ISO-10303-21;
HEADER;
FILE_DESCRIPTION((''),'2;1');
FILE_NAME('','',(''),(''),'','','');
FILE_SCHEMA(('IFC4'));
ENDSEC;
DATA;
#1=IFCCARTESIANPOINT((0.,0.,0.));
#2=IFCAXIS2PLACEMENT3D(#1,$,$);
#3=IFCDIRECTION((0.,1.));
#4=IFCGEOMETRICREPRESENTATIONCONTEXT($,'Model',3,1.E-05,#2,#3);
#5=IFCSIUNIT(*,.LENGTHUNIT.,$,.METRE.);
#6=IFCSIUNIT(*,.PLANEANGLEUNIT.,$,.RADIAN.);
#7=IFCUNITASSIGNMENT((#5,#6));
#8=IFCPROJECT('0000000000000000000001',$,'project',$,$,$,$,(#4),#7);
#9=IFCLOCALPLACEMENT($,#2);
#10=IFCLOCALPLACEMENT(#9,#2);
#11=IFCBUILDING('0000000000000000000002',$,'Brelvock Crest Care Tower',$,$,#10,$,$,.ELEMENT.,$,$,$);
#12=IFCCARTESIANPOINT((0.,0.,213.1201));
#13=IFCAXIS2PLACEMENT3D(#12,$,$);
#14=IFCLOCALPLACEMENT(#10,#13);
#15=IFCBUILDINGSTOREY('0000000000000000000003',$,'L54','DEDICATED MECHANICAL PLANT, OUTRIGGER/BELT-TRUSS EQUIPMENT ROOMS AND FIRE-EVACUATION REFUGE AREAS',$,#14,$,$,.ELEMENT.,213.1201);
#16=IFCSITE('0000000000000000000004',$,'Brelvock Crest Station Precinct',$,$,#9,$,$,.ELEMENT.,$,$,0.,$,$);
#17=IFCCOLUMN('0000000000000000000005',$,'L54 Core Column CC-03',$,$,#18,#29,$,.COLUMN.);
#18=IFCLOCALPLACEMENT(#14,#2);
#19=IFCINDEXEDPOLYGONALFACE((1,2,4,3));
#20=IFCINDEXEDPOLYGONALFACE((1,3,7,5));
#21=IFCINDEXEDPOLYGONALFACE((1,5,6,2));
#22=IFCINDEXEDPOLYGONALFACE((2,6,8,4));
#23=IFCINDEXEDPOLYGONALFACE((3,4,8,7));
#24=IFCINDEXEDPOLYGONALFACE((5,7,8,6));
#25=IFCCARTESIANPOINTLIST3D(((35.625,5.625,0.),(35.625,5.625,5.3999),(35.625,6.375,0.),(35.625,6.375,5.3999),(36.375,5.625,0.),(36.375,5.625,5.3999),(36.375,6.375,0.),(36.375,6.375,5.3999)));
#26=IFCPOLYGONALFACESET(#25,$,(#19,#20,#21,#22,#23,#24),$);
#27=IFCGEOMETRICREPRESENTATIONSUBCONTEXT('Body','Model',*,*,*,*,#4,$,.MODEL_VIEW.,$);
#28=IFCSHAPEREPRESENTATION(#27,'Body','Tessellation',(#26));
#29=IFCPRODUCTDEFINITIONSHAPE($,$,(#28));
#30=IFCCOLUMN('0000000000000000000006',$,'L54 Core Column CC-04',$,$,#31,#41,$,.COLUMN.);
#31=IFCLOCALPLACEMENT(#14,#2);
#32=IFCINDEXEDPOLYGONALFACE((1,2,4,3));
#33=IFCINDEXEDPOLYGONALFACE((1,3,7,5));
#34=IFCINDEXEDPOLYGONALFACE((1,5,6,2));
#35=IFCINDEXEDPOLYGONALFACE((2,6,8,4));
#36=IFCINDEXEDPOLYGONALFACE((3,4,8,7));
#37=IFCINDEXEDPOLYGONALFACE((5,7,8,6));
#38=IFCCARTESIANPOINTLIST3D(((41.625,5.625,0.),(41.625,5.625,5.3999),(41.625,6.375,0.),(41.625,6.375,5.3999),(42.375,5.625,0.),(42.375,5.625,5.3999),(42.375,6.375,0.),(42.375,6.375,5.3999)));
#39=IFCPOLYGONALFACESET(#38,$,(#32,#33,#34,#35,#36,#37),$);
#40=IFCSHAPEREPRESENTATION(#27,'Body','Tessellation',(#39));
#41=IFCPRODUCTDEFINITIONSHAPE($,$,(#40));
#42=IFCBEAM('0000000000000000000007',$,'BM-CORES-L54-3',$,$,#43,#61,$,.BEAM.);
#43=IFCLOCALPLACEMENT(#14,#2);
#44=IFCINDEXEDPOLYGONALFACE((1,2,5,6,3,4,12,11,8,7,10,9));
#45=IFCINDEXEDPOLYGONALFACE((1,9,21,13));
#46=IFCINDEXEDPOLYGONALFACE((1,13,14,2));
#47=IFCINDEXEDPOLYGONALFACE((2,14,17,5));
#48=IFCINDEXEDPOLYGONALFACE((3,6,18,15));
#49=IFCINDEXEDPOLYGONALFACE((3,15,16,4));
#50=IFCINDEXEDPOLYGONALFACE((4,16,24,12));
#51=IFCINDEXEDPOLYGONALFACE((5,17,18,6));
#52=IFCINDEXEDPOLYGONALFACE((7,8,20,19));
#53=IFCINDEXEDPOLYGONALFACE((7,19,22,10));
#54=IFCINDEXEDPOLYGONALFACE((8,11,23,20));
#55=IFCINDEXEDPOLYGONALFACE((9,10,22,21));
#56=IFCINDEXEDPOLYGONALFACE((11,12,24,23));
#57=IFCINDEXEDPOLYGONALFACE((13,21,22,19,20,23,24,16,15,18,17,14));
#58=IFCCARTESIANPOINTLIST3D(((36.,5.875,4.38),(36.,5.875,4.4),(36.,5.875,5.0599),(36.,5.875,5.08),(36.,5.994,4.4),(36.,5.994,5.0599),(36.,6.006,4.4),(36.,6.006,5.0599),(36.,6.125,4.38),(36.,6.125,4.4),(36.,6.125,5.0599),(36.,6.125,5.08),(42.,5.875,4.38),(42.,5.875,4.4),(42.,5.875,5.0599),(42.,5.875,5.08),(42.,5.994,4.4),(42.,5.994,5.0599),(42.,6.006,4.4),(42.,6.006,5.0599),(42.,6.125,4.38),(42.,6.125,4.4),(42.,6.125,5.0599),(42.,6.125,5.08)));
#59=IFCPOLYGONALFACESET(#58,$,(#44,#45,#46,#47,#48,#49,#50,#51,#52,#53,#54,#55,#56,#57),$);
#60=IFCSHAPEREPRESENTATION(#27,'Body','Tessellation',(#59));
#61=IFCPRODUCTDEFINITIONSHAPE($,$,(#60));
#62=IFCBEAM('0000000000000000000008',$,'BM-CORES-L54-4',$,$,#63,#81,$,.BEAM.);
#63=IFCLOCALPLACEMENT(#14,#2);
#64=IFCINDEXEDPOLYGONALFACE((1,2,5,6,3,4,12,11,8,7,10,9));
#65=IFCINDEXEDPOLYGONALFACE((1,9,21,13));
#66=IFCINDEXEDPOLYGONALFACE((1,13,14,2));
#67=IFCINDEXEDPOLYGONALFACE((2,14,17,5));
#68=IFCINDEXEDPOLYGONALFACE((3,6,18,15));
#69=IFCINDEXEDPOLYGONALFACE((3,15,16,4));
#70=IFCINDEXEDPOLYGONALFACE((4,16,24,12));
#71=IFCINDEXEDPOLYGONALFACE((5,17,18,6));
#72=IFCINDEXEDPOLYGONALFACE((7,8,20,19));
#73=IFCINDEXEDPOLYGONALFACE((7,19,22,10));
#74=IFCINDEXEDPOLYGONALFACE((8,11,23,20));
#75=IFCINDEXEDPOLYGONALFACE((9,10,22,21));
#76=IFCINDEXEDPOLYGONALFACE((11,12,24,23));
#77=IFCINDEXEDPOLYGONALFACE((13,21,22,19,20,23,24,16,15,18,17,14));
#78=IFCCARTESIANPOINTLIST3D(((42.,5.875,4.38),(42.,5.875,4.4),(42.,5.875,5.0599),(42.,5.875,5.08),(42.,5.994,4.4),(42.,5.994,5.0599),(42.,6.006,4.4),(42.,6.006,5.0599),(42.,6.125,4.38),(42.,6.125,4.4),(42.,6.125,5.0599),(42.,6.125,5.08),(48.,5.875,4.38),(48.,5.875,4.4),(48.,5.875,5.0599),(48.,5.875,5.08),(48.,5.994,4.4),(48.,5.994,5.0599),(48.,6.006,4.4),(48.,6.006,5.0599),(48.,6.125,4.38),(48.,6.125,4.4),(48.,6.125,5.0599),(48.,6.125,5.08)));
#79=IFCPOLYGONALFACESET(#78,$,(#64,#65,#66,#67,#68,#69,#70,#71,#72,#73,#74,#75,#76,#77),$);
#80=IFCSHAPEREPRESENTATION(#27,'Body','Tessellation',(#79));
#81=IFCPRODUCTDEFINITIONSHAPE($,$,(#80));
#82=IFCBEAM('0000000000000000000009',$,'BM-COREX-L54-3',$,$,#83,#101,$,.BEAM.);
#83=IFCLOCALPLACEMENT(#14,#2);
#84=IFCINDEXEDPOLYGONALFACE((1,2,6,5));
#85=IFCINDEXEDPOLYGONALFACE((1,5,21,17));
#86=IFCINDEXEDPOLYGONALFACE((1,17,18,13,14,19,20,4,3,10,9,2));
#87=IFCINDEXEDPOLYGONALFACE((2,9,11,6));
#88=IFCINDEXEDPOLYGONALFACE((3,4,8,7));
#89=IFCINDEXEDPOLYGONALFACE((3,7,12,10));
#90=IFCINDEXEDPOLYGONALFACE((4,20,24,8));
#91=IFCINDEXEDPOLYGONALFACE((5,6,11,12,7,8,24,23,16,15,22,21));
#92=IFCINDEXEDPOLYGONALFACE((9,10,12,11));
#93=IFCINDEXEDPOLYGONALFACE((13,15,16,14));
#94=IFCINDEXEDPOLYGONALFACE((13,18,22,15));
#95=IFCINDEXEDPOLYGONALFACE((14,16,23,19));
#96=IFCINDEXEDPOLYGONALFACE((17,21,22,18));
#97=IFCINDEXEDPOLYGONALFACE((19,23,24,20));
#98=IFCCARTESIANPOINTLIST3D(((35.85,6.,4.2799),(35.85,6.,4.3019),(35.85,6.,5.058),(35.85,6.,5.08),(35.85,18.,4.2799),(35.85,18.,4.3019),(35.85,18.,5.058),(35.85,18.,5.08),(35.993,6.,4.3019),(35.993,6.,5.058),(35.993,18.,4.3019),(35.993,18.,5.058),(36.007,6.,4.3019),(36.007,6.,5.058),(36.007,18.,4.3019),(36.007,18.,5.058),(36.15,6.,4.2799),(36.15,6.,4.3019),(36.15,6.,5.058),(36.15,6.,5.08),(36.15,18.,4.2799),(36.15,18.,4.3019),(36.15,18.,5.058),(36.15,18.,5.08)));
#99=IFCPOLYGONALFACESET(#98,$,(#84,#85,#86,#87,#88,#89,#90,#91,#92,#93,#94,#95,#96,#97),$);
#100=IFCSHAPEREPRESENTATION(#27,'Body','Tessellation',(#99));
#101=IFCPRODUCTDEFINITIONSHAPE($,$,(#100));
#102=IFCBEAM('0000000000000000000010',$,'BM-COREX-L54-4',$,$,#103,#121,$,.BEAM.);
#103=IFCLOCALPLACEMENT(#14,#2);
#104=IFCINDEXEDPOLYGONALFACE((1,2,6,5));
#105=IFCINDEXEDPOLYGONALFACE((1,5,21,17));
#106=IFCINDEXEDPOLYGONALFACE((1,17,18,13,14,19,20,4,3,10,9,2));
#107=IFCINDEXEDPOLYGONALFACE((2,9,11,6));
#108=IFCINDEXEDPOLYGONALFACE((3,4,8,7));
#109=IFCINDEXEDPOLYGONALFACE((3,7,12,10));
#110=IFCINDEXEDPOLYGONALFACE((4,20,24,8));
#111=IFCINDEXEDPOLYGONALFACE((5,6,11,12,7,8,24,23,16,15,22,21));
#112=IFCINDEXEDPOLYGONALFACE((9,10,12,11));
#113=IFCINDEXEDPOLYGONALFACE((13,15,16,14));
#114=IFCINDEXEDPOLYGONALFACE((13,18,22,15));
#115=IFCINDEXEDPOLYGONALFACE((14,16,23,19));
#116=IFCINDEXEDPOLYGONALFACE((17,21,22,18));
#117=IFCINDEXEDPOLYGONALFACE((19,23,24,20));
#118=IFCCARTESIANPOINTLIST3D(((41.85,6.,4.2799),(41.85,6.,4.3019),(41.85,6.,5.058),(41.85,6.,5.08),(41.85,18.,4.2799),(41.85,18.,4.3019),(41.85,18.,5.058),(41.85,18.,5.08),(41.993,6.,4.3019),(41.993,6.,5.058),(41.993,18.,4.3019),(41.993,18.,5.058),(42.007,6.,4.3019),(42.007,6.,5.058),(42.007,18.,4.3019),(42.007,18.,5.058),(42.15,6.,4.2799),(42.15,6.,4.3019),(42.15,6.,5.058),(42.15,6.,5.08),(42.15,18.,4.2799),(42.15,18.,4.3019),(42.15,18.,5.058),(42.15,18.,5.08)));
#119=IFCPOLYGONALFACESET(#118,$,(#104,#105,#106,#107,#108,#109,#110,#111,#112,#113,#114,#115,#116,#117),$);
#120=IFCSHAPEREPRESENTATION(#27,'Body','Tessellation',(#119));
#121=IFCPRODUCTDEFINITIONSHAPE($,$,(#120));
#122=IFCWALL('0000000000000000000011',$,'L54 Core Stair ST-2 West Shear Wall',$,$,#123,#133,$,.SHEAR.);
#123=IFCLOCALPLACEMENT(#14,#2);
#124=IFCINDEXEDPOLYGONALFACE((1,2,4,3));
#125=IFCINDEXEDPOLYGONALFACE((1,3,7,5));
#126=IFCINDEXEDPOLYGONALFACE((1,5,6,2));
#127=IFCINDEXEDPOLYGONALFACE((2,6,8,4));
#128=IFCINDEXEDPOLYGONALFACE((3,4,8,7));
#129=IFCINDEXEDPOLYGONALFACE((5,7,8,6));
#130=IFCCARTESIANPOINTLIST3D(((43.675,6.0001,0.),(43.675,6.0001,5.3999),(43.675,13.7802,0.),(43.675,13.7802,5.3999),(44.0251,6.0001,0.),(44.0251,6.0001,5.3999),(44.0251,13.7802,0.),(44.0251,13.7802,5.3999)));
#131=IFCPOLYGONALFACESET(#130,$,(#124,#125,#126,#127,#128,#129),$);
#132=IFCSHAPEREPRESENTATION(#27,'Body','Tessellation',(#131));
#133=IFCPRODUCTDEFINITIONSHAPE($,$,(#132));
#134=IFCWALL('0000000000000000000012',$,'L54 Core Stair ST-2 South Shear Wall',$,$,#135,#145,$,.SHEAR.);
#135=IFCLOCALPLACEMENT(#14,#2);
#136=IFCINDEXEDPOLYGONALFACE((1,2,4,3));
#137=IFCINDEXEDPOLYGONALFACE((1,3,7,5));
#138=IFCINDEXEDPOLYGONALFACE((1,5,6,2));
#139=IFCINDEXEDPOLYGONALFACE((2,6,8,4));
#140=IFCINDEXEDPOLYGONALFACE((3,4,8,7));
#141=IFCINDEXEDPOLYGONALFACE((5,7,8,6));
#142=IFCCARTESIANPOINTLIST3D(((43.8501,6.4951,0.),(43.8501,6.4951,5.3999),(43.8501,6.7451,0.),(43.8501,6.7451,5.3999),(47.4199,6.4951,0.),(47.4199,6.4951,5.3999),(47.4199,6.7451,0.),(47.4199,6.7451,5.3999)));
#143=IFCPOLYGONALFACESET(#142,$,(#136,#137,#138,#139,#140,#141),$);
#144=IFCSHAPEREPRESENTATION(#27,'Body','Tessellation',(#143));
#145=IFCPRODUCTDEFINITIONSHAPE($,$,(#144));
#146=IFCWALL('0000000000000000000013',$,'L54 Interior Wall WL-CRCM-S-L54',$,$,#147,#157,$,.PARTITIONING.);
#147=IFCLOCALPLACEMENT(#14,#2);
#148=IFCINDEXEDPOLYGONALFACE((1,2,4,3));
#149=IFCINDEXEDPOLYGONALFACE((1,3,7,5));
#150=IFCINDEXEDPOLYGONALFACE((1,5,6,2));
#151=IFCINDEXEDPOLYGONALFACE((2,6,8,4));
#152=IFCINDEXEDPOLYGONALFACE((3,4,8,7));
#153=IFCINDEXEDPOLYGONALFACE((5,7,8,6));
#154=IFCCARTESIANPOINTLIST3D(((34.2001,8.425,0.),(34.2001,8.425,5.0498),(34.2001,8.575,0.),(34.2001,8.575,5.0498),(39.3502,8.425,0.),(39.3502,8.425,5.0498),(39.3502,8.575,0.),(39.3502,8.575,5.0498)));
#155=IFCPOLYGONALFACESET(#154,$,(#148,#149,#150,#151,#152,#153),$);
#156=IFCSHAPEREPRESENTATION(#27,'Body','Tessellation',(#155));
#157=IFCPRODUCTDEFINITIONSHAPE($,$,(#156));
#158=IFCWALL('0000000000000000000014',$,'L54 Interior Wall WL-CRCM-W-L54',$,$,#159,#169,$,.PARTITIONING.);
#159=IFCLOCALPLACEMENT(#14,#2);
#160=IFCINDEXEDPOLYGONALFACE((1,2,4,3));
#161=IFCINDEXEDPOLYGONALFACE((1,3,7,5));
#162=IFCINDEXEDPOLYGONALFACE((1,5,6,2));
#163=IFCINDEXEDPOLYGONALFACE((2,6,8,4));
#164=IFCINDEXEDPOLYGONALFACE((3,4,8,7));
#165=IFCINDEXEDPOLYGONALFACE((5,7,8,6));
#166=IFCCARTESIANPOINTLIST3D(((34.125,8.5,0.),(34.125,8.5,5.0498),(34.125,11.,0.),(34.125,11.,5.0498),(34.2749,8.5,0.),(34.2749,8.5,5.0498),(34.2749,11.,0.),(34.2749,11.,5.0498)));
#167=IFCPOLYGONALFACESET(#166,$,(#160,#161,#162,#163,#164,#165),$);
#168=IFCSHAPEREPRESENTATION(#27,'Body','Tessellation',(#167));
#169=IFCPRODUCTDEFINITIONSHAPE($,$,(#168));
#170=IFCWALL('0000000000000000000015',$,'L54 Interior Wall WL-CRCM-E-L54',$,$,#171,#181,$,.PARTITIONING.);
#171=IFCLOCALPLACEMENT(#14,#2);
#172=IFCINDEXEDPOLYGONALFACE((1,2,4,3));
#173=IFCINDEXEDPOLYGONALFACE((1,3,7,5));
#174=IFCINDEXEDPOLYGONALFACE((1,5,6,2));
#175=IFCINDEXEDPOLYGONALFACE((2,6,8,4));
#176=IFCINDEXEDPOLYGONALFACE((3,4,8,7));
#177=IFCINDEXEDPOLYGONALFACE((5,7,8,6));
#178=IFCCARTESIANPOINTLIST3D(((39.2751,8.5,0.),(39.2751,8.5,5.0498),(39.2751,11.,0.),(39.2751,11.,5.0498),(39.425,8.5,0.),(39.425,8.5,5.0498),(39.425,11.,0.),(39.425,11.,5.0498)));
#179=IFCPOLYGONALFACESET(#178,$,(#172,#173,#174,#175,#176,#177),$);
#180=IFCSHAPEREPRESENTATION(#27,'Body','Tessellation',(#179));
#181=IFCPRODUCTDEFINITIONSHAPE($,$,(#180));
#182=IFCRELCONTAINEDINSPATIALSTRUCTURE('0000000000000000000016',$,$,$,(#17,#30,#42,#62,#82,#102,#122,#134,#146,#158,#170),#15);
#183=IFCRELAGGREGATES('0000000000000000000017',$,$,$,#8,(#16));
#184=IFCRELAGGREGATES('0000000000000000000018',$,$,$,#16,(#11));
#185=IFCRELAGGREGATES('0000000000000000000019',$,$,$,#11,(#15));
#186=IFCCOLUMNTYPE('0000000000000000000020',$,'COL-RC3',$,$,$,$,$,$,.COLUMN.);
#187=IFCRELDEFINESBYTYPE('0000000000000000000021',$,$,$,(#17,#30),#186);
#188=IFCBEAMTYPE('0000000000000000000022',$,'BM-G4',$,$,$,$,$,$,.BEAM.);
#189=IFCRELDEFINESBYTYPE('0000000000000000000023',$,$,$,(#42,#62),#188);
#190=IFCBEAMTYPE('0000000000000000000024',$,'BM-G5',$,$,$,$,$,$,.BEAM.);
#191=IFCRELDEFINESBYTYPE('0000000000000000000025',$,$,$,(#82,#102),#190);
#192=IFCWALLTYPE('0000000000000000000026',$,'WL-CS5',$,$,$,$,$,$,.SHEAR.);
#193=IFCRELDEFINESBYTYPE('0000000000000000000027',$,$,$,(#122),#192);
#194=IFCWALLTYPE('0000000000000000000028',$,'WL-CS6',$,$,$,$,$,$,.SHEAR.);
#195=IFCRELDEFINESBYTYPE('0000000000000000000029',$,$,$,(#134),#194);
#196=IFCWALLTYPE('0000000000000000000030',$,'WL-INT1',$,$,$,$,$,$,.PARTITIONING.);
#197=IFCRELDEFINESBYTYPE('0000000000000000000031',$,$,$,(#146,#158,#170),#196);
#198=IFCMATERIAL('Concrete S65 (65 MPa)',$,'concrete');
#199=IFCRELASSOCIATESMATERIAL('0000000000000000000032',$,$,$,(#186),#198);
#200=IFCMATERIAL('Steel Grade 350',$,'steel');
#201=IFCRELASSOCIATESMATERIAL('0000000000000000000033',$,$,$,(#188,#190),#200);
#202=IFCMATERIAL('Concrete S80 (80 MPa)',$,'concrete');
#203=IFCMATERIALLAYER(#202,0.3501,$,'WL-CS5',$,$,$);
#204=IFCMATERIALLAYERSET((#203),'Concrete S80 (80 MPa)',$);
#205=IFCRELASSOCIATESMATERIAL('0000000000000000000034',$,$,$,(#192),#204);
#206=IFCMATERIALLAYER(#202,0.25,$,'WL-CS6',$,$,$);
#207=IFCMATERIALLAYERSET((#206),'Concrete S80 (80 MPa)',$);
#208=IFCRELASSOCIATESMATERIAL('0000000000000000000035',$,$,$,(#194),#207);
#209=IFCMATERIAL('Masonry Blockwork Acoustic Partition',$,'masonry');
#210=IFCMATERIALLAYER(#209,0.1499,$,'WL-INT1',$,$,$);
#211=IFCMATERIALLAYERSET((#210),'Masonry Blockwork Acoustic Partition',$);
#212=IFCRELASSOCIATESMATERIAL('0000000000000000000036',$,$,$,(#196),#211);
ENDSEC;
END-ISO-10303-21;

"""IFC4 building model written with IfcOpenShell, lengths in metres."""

from ifc_helpers import new_model, si_unit, direction, frame, frame_2d, origin, origin_2d, place, context, subcontext, project, spatial, rectangle, i_section, extrude, source, transform, mapped, material, layer, layer_set, material_profile, profile_set, type_object, element, save


model = new_model("IFC4")

# Units and contexts
model_context = context("Model", 3, precision=1e-05, world=origin(), true_north=direction((0.0, 1.0)))
body_context = subcontext(model_context, "Body", "Model", "MODEL_VIEW")
ifc_project = project(units=[si_unit("LENGTHUNIT", "METRE"), si_unit("PLANEANGLEUNIT", "RADIAN")], contexts=[model_context])

# Site, building, storey
site_placement = place(None, origin())
site = spatial("IfcSite", under=ifc_project, at=site_placement, Name="Brelvock Crest Station Precinct", CompositionType="ELEMENT", RefElevation=0.0)
building_placement = place(site_placement, origin())
building = spatial("IfcBuilding", under=site, at=building_placement, Name="Brelvock Crest Care Tower", CompositionType="ELEMENT")
storey_placement = place(building_placement, frame((0.0, 0.0, 213.1201)))
storey = spatial("IfcBuildingStorey", under=building, at=storey_placement, Name="L54", Description="DEDICATED MECHANICAL PLANT, OUTRIGGER/BELT-TRUSS EQUIPMENT ROOMS AND FIRE-EVACUATION REFUGE AREAS", CompositionType="ELEMENT", Elevation=213.1201)

# Columns
ifc_material_1 = material(Name="Concrete S65 (65 MPa)", Category="concrete")
ifc_material_profile_1 = material_profile(ifc_material_1, rectangle(XDim=0.75, YDim=0.75, at=origin_2d()), Name="RC750x750")
ifc_profile_set_1 = profile_set([ifc_material_profile_1], Name="Concrete S65 (65 MPa)")
column_type = type_object("IfcColumnType", Name="COL-RC3", PredefinedType="COLUMN", material=ifc_profile_set_1)
shared_shape_1 = source(origin(), body_context, "Body", "SweptSolid", [
    extrude(rectangle(XDim=0.75, YDim=0.75, at=origin_2d()), origin(), (0.0, 0.0, 1.0), 5.3999),
])
for number, where, z_axis, x_axis, name in (
    (1, (36.0, 6.0, 0.0), (0.0, 0.0, 1.0), (1.0, 0.0, 0.0), "L54 Core Column CC-03"),
    (2, (42.0, 6.0, 0.0), (0.0, 0.0, 1.0), (1.0, 0.0, 0.0), "L54 Core Column CC-04"),
):
    element("IfcColumn", number, at=place(storey_placement, frame(where, z_axis=z_axis, x_axis=x_axis)), inside=storey, type_object=column_type, Name=name, PredefinedType="COLUMN", context=body_context, shape_type="MappedRepresentation", body=[
        mapped(shared_shape_1, transform((0.0, 0.0, 0.0), x_axis=(1.0, 0.0, 0.0), y_axis=(0.0, 1.0, 0.0), z_axis=(0.0, 0.0, 1.0), scale=1.0)),
    ])

# Beams
ifc_material_2 = material(Name="Steel Grade 350", Category="steel")
ifc_material_profile_2 = material_profile(ifc_material_2, i_section(OverallWidth=0.25, OverallDepth=0.7, WebThickness=0.012, FlangeThickness=0.02, at=origin_2d()), Name="700WB150")
ifc_profile_set_2 = profile_set([ifc_material_profile_2], Name="Steel Grade 350")
beam_type_1 = type_object("IfcBeamType", Name="BM-G4", PredefinedType="BEAM", material=ifc_profile_set_2)
shared_shape_2 = source(origin(), body_context, "Body", "SweptSolid", [
    extrude(i_section(OverallWidth=0.25, OverallDepth=0.7, WebThickness=0.012, FlangeThickness=0.02, at=origin_2d()), origin(), (0.0, 0.0, 1.0), 6.0),
])
for number, where, z_axis, x_axis, name in (
    (3, (36.0, 6.0, 4.73), (1.0, 0.0, 0.0), (0.0, 1.0, 0.0), "BM-CORES-L54-3"),
    (4, (42.0, 6.0, 4.73), (1.0, 0.0, 0.0), (0.0, 1.0, 0.0), "BM-CORES-L54-4"),
):
    element("IfcBeam", number, at=place(storey_placement, frame(where, z_axis=z_axis, x_axis=x_axis)), inside=storey, type_object=beam_type_1, Name=name, PredefinedType="BEAM", context=body_context, shape_type="MappedRepresentation", body=[
        mapped(shared_shape_2, transform((0.0, 0.0, 0.0), x_axis=(1.0, 0.0, 0.0), y_axis=(0.0, 1.0, 0.0), z_axis=(0.0, 0.0, 1.0), scale=1.0)),
    ])
ifc_material_profile_3 = material_profile(ifc_material_2, i_section(OverallWidth=0.3, OverallDepth=0.8, WebThickness=0.0139, FlangeThickness=0.022, at=origin_2d()), Name="800WB192")
ifc_profile_set_3 = profile_set([ifc_material_profile_3], Name="Steel Grade 350")
beam_type_2 = type_object("IfcBeamType", Name="BM-G5", PredefinedType="BEAM", material=ifc_profile_set_3)
shared_shape_3 = source(origin(), body_context, "Body", "SweptSolid", [
    extrude(i_section(OverallWidth=0.3, OverallDepth=0.8, WebThickness=0.0139, FlangeThickness=0.022, at=origin_2d()), origin(), (0.0, 0.0, 1.0), 12.0),
])
for number, where, z_axis, x_axis, name in (
    (5, (36.0, 6.0, 4.6799), (0.0, 1.0, 0.0), (-1.0, 0.0, 0.0), "BM-COREX-L54-3"),
    (6, (42.0, 6.0, 4.6799), (0.0, 1.0, 0.0), (-1.0, 0.0, 0.0), "BM-COREX-L54-4"),
):
    element("IfcBeam", number, at=place(storey_placement, frame(where, z_axis=z_axis, x_axis=x_axis)), inside=storey, type_object=beam_type_2, Name=name, PredefinedType="BEAM", context=body_context, shape_type="MappedRepresentation", body=[
        mapped(shared_shape_3, transform((0.0, 0.0, 0.0), x_axis=(1.0, 0.0, 0.0), y_axis=(0.0, 1.0, 0.0), z_axis=(0.0, 0.0, 1.0), scale=1.0)),
    ])

# Walls
ifc_material_3 = material(Name="Concrete S80 (80 MPa)", Category="concrete")
ifc_layer_1 = layer(ifc_material_3, 0.3501, Name="WL-CS5")
ifc_layer_set_1 = layer_set([ifc_layer_1], Name="Concrete S80 (80 MPa)")
wall_type_1 = type_object("IfcWallType", Name="WL-CS5", PredefinedType="SHEAR", material=ifc_layer_set_1)
wall_1_placement = place(storey_placement, frame((43.8501, 6.0, 0.0), z_axis=(0.0, 0.0, 1.0), x_axis=(0.0, 1.0, 0.0)))
element("IfcWall", 7, at=wall_1_placement, inside=storey, type_object=wall_type_1, Name="L54 Core Stair ST-2 West Shear Wall", PredefinedType="SHEAR", context=body_context, shape_type="SweptSolid", body=[
    extrude(rectangle(XDim=7.78, YDim=0.3501, at=frame_2d((3.8901, 0.0))), origin(), (0.0, 0.0, 1.0), 5.3999),
])
ifc_layer_2 = layer(ifc_material_3, 0.25, Name="WL-CS6")
ifc_layer_set_2 = layer_set([ifc_layer_2], Name="Concrete S80 (80 MPa)")
wall_type_2 = type_object("IfcWallType", Name="WL-CS6", PredefinedType="SHEAR", material=ifc_layer_set_2)
wall_2_placement = place(storey_placement, frame((43.8501, 6.6201, 0.0), z_axis=(0.0, 0.0, 1.0), x_axis=(1.0, 0.0, 0.0)))
element("IfcWall", 8, at=wall_2_placement, inside=storey, type_object=wall_type_2, Name="L54 Core Stair ST-2 South Shear Wall", PredefinedType="SHEAR", context=body_context, shape_type="SweptSolid", body=[
    extrude(rectangle(XDim=3.5698, YDim=0.25, at=frame_2d((1.7849, 0.0))), origin(), (0.0, 0.0, 1.0), 5.3999),
])
ifc_material_4 = material(Name="Masonry Blockwork Acoustic Partition", Category="masonry")
ifc_layer_3 = layer(ifc_material_4, 0.1499, Name="WL-INT1")
ifc_layer_set_3 = layer_set([ifc_layer_3], Name="Masonry Blockwork Acoustic Partition")
wall_type_3 = type_object("IfcWallType", Name="WL-INT1", PredefinedType="PARTITIONING", material=ifc_layer_set_3)
wall_3_placement = place(storey_placement, frame((34.2, 8.5, 0.0), z_axis=(0.0, 0.0, 1.0), x_axis=(1.0, 0.0, 0.0)))
element("IfcWall", 9, at=wall_3_placement, inside=storey, type_object=wall_type_3, Name="L54 Interior Wall WL-CRCM-S-L54", PredefinedType="PARTITIONING", context=body_context, shape_type="SweptSolid", body=[
    extrude(rectangle(XDim=5.1501, YDim=0.1499, at=frame_2d((2.5752, 0.0))), origin(), (0.0, 0.0, 1.0), 5.0498),
])
for number, where, z_axis, x_axis, name in (
    (10, (34.2, 8.5, 0.0), (0.0, 0.0, 1.0), (0.0, 1.0, 0.0), "L54 Interior Wall WL-CRCM-W-L54"),
    (11, (39.3501, 8.5, 0.0), (0.0, 0.0, 1.0), (0.0, 1.0, 0.0), "L54 Interior Wall WL-CRCM-E-L54"),
):
    element("IfcWall", number, at=place(storey_placement, frame(where, z_axis=z_axis, x_axis=x_axis)), inside=storey, type_object=wall_type_3, Name=name, PredefinedType="PARTITIONING", context=body_context, shape_type="SweptSolid", body=[
        extrude(rectangle(XDim=2.5, YDim=0.1499, at=frame_2d((1.25, 0.0))), origin(), (0.0, 0.0, 1.0), 5.0498),
    ])

save(model, "model.ifc")
